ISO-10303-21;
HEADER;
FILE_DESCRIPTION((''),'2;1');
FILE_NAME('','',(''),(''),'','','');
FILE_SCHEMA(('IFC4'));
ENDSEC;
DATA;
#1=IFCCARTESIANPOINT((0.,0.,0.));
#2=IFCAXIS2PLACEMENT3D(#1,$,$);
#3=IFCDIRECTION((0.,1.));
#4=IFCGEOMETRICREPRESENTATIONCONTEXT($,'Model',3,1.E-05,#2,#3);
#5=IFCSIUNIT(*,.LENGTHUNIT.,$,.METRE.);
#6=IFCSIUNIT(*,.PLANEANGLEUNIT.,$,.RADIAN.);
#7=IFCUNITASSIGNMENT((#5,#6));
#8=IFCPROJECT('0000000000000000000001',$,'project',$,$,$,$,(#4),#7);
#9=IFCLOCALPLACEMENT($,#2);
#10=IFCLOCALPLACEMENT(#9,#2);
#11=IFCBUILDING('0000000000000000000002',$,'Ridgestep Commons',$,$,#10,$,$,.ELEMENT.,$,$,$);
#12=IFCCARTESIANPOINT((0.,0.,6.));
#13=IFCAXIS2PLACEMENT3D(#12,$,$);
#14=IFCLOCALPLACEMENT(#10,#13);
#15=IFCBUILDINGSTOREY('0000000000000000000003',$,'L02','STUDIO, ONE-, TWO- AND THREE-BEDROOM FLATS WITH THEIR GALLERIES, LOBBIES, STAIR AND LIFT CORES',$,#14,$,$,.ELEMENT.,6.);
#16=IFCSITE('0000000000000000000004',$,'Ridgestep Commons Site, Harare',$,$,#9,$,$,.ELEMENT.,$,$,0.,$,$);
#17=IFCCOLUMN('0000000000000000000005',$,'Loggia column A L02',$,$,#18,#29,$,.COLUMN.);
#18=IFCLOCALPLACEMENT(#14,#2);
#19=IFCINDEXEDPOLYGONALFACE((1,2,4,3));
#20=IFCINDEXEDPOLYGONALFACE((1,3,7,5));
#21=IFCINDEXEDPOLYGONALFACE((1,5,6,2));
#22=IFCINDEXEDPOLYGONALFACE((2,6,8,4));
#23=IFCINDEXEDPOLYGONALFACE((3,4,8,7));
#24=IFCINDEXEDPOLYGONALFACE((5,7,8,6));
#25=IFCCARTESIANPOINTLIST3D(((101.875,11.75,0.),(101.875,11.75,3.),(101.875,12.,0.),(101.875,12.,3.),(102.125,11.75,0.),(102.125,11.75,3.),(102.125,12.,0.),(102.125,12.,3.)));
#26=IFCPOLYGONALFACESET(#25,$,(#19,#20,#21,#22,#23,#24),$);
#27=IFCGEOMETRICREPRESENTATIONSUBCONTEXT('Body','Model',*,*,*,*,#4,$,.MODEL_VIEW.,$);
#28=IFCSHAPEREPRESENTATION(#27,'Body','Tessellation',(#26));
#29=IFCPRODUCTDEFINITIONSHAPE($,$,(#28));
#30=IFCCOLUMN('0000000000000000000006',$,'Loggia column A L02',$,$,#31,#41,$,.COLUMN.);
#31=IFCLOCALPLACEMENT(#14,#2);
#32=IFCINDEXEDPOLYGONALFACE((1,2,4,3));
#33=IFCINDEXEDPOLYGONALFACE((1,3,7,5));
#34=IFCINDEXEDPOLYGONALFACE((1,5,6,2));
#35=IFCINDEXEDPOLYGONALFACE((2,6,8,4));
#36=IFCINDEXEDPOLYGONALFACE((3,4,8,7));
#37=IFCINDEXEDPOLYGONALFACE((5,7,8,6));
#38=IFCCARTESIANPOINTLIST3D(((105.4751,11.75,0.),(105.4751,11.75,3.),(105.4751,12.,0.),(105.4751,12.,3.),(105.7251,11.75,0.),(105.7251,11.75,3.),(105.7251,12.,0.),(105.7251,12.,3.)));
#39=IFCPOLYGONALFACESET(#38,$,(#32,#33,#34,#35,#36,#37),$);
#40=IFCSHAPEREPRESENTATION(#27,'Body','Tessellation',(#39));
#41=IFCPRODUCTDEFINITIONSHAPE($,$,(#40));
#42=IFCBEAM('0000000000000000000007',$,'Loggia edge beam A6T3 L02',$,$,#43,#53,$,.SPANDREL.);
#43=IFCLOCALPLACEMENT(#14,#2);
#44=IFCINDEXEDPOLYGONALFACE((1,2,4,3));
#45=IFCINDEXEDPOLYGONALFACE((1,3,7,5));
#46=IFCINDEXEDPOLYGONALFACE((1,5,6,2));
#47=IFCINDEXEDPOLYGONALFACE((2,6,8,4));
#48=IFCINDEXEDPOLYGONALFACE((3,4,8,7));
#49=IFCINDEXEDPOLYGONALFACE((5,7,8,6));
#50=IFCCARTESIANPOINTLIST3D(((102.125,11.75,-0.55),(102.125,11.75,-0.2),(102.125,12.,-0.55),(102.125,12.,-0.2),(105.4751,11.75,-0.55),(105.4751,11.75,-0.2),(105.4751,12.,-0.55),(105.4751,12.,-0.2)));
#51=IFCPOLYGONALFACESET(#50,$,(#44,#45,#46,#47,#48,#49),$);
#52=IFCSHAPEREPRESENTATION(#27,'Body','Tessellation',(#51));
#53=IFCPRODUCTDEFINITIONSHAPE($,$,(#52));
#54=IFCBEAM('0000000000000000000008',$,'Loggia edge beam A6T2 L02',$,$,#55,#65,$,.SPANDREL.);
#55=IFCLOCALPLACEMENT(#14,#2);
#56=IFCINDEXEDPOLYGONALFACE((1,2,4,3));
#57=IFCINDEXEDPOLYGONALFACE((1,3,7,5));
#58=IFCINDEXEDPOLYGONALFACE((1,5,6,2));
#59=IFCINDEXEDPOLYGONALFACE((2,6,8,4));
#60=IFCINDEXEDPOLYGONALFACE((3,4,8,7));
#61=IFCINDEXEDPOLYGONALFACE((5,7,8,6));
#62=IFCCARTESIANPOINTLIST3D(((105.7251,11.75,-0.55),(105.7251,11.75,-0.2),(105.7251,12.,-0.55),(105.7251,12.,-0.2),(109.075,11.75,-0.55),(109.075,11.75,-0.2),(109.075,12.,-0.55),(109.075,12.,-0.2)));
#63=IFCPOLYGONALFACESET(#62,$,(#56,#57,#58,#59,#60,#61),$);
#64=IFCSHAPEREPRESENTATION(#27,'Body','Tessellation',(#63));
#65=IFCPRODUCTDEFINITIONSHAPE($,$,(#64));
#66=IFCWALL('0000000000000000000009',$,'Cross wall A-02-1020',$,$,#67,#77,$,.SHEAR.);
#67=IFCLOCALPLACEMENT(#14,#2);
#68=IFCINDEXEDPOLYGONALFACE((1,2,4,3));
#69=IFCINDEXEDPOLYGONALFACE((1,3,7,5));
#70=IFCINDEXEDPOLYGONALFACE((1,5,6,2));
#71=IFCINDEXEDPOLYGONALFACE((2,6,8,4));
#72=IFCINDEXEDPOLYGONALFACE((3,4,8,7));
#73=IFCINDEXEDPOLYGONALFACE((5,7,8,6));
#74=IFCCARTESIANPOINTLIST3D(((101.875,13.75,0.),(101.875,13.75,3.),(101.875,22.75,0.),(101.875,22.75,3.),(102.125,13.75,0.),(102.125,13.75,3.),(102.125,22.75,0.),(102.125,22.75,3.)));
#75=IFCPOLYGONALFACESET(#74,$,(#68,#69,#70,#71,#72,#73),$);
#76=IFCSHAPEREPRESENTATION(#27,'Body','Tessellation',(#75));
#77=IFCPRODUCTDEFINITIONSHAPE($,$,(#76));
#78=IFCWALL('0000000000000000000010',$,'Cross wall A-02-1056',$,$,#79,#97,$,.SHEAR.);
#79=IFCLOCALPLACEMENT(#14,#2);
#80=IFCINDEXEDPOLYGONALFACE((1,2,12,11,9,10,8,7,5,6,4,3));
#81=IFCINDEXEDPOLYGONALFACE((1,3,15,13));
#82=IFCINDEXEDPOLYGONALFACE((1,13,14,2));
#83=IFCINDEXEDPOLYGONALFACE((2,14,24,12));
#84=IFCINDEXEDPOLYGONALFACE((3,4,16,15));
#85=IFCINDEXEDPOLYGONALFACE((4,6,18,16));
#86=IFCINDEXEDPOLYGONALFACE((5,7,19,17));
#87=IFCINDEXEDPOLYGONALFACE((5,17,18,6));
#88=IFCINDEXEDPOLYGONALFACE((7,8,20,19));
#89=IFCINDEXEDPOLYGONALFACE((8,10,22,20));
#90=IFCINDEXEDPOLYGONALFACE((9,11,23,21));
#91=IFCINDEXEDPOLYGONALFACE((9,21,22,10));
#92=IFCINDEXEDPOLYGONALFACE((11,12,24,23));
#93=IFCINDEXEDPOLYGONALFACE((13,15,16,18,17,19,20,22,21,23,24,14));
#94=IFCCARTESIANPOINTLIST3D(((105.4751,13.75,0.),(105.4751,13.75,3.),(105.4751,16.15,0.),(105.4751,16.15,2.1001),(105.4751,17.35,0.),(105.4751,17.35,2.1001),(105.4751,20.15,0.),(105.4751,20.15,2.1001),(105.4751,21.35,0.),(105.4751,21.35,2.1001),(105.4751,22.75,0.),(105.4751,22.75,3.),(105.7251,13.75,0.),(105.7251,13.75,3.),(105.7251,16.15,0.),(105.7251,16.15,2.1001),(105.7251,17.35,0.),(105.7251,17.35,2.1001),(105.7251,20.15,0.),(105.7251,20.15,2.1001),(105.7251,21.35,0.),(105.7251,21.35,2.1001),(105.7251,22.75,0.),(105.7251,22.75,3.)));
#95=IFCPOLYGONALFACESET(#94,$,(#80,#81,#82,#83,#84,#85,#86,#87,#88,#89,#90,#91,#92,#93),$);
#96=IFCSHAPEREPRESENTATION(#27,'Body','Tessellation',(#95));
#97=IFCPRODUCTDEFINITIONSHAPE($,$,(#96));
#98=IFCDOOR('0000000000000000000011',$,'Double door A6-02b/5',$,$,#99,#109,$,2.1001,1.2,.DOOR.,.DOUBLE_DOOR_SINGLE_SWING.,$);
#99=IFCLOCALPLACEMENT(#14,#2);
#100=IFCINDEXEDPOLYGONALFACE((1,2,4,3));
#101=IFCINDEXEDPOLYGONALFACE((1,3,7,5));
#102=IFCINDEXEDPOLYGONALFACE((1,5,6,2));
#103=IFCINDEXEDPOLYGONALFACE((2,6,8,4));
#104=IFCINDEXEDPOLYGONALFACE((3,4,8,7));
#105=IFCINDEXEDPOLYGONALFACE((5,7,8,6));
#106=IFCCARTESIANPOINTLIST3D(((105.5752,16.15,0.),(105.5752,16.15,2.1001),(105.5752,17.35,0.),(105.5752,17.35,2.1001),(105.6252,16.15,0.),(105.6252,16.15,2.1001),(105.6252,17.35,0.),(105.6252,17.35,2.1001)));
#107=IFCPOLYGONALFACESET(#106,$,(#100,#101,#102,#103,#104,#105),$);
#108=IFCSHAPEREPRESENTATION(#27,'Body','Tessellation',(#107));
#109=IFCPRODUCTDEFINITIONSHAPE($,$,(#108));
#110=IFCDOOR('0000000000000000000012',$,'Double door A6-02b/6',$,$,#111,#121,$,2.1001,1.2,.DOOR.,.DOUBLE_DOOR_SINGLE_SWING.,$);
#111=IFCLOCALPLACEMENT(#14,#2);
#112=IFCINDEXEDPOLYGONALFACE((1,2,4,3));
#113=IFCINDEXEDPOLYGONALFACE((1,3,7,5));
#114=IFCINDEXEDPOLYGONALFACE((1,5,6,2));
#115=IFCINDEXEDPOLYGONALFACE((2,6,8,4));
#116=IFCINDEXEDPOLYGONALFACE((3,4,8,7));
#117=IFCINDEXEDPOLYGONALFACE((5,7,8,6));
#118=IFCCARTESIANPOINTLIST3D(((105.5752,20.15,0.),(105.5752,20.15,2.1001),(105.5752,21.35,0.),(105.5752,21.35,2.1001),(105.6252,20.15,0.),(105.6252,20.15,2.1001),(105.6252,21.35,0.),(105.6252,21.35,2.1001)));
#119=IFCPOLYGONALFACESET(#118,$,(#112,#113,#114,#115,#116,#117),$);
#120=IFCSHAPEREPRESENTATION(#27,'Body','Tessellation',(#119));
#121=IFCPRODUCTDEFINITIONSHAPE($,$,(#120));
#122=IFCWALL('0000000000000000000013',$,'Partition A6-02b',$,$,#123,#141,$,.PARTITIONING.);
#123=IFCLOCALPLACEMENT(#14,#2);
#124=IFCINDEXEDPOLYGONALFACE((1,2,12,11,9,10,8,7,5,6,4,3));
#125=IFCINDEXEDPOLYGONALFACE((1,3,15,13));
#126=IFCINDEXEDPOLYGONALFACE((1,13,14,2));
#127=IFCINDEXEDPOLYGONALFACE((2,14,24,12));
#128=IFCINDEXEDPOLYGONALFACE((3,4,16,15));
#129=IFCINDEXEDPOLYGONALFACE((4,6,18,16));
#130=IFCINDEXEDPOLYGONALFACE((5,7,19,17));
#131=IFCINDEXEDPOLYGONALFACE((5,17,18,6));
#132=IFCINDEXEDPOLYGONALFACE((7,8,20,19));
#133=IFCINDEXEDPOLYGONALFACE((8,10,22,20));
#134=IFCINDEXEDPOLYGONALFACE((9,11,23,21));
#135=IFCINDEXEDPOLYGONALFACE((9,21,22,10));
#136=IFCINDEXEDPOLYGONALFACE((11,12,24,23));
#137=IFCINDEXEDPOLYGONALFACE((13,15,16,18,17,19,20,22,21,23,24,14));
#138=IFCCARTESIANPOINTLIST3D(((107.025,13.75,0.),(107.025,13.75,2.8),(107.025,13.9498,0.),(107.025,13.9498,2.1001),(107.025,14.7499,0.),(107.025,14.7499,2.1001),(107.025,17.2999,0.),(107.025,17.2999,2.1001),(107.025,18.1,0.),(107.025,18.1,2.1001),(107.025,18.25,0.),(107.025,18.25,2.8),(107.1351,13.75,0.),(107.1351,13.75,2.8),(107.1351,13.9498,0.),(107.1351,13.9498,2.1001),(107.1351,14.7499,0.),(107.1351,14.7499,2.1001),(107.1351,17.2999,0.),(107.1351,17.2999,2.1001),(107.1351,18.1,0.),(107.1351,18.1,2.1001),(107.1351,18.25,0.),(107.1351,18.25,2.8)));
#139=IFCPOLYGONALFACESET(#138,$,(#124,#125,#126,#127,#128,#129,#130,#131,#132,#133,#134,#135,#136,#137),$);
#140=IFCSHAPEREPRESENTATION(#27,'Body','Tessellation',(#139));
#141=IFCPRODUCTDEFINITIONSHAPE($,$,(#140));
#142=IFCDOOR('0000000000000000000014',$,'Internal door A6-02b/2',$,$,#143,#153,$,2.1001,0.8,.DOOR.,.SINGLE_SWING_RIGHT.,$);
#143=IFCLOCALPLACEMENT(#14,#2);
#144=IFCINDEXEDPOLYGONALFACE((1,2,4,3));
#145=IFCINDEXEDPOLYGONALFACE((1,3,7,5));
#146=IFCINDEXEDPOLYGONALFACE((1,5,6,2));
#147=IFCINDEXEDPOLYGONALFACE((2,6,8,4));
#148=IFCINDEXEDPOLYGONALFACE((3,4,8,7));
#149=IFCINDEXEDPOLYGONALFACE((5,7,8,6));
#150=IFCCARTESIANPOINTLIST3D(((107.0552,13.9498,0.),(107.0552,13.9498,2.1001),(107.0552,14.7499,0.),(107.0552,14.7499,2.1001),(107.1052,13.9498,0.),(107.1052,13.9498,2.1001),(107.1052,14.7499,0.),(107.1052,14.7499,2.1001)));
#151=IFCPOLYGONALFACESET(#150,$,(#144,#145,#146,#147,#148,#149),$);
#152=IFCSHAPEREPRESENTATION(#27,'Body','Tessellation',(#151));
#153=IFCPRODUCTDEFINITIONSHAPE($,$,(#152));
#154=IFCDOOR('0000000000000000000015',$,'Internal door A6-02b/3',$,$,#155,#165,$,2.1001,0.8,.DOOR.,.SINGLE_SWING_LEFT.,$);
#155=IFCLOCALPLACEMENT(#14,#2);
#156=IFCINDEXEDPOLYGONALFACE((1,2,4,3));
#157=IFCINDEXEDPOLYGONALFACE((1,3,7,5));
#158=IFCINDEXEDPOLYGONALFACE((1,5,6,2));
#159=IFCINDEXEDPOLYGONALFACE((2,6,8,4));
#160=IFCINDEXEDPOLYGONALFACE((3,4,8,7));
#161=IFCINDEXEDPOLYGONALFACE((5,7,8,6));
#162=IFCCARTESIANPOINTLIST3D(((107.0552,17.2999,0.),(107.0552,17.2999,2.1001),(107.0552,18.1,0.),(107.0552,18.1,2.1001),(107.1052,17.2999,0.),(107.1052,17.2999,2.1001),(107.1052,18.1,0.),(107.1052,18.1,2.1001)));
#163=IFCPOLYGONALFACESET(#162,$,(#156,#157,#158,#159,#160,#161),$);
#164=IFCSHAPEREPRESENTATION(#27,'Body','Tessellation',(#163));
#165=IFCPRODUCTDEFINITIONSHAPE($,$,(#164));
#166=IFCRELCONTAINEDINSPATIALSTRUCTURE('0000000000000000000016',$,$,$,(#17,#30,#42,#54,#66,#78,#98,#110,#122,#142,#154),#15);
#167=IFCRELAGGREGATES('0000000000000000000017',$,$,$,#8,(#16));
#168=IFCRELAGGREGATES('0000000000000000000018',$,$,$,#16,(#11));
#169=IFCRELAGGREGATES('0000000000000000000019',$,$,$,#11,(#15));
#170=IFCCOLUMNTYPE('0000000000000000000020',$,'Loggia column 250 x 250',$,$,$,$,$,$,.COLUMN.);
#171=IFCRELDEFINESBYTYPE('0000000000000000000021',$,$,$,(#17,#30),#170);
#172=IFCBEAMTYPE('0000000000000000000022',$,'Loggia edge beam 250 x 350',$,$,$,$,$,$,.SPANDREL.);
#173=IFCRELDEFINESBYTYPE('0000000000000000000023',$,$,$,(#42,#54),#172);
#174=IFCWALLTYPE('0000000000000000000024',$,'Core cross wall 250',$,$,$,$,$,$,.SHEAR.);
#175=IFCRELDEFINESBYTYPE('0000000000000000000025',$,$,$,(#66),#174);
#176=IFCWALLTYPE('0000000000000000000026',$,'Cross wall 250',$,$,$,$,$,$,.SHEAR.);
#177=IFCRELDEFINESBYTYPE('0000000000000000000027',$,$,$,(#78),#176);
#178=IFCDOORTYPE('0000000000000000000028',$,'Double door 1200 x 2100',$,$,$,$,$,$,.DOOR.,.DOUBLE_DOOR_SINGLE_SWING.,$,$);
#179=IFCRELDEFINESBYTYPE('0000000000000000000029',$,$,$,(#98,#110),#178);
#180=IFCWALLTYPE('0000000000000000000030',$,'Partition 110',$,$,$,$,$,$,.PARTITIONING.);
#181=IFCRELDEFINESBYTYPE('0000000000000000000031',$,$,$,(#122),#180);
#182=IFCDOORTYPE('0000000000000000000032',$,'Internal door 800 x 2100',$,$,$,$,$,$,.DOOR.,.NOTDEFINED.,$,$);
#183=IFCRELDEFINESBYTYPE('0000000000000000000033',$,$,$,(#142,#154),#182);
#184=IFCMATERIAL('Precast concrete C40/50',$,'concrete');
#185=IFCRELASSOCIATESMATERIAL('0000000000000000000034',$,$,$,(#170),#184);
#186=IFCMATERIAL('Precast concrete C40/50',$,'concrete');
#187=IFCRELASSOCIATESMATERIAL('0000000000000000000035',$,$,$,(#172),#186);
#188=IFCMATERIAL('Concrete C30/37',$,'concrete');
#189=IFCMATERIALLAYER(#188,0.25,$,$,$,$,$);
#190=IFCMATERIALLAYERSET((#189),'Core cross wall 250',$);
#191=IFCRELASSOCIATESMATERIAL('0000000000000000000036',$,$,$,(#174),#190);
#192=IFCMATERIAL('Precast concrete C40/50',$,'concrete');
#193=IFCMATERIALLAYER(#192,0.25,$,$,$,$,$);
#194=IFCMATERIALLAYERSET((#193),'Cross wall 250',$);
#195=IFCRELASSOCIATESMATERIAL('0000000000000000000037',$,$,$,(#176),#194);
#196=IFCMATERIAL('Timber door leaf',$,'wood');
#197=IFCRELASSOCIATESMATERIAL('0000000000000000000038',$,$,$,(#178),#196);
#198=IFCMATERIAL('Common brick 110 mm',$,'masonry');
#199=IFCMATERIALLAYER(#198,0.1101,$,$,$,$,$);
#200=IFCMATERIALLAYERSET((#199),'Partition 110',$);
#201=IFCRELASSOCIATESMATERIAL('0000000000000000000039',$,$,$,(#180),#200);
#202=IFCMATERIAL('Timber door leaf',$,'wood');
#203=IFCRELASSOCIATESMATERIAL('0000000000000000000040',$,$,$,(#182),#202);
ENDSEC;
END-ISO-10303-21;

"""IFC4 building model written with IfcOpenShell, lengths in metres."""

from ifc_helpers import new_model, si_unit, direction, frame, frame_2d, origin, origin_2d, place, context, subcontext, project, spatial, rectangle, extrude, material, layer, layer_set, material_profile, profile_set, type_object, element, fill, save


model = new_model("IFC4")

# Units and contexts
model_context = context("Model", 3, precision=1e-05, world=origin(), true_north=direction((0.0, 1.0)))
body_context = subcontext(model_context, "Body", "Model", "MODEL_VIEW")
ifc_project = project(units=[si_unit("LENGTHUNIT", "METRE"), si_unit("PLANEANGLEUNIT", "RADIAN")], contexts=[model_context])

# Site, building, storey
site_placement = place(None, origin())
site = spatial("IfcSite", under=ifc_project, at=site_placement, Name="Ridgestep Commons Site, Harare", CompositionType="ELEMENT", RefElevation=0.0)
building_placement = place(site_placement, origin())
building = spatial("IfcBuilding", under=site, at=building_placement, Name="Ridgestep Commons", CompositionType="ELEMENT")
storey_placement = place(building_placement, frame((0.0, 0.0, 6.0)))
storey = spatial("IfcBuildingStorey", under=building, at=storey_placement, Name="L02", Description="STUDIO, ONE-, TWO- AND THREE-BEDROOM FLATS WITH THEIR GALLERIES, LOBBIES, STAIR AND LIFT CORES", CompositionType="ELEMENT", Elevation=6.0)

# Columns
ifc_material_1 = material(Name="Precast concrete C40/50", Category="concrete")
ifc_material_profile_1 = material_profile(ifc_material_1, rectangle(XDim=0.25, YDim=0.25, at=origin_2d()), Name="PC 250x250")
ifc_profile_set_1 = profile_set([ifc_material_profile_1], Name="Precast concrete C40/50")
column_type = type_object("IfcColumnType", Name="Loggia column 250 x 250", PredefinedType="COLUMN", material=ifc_profile_set_1)
for number, where, z_axis, x_axis, name in (
    (1, (102.0, 11.875, 0.0), (0.0, 0.0, 1.0), (1.0, 0.0, 0.0), "Loggia column A L02"),
    (2, (105.6001, 11.875, 0.0), (0.0, 0.0, 1.0), (1.0, 0.0, 0.0), "Loggia column A L02"),
):
    element("IfcColumn", number, at=place(storey_placement, frame(where, z_axis=z_axis, x_axis=x_axis)), inside=storey, type_object=column_type, Name=name, PredefinedType="COLUMN", context=body_context, shape_type="SweptSolid", body=[
        extrude(rectangle(XDim=0.25, YDim=0.25, at=origin_2d()), origin(), (0.0, 0.0, 1.0), 3.0),
    ])

# Beams
ifc_material_2 = material(Name="Precast concrete C40/50", Category="concrete")
ifc_material_profile_2 = material_profile(ifc_material_2, rectangle(XDim=0.25, YDim=0.3501, at=origin_2d()), Name="PC 250x350")
ifc_profile_set_2 = profile_set([ifc_material_profile_2], Name="Precast concrete C40/50")
beam_type = type_object("IfcBeamType", Name="Loggia edge beam 250 x 350", PredefinedType="SPANDREL", material=ifc_profile_set_2)
beam_1_placement = place(storey_placement, frame((102.125, 11.875, -0.375), z_axis=(1.0, 0.0, 0.0), x_axis=(0.0, 1.0, 0.0)))
element("IfcBeam", 3, at=beam_1_placement, inside=storey, type_object=beam_type, Name="Loggia edge beam A6T3 L02", PredefinedType="SPANDREL", context=body_context, shape_type="SweptSolid", body=[
    extrude(rectangle(XDim=0.25, YDim=0.3501, at=origin_2d()), origin(), (0.0, 0.0, 1.0), 3.3501),
])
beam_2_placement = place(storey_placement, frame((105.7251, 11.875, -0.375), z_axis=(1.0, 0.0, 0.0), x_axis=(0.0, 1.0, 0.0)))
element("IfcBeam", 4, at=beam_2_placement, inside=storey, type_object=beam_type, Name="Loggia edge beam A6T2 L02", PredefinedType="SPANDREL", context=body_context, shape_type="SweptSolid", body=[
    extrude(rectangle(XDim=0.25, YDim=0.3501, at=origin_2d()), origin(), (0.0, 0.0, 1.0), 3.3499),
])

# Wall
ifc_material_3 = material(Name="Concrete C30/37", Category="concrete")
ifc_layer_1 = layer(ifc_material_3, 0.25)
ifc_layer_set_1 = layer_set([ifc_layer_1], Name="Core cross wall 250")
wall_type_1 = type_object("IfcWallType", Name="Core cross wall 250", PredefinedType="SHEAR", material=ifc_layer_set_1)
wall_1_placement = place(storey_placement, frame((102.0, 13.75, 0.0), z_axis=(0.0, 0.0, 1.0), x_axis=(0.0, 1.0, 0.0)))
element("IfcWall", 5, at=wall_1_placement, inside=storey, type_object=wall_type_1, Name="Cross wall A-02-1020", PredefinedType="SHEAR", context=body_context, shape_type="SweptSolid", body=[
    extrude(rectangle(XDim=9.0, YDim=0.25, at=frame_2d((4.5, 0.0))), origin(), (0.0, 0.0, 1.0), 3.0),
])

# Walls, openings, doors
ifc_material_4 = material(Name="Precast concrete C40/50", Category="concrete")
ifc_layer_2 = layer(ifc_material_4, 0.25)
ifc_layer_set_2 = layer_set([ifc_layer_2], Name="Cross wall 250")
wall_type_2 = type_object("IfcWallType", Name="Cross wall 250", PredefinedType="SHEAR", material=ifc_layer_set_2)
wall_2_placement = place(storey_placement, frame((105.6001, 13.75, 0.0), z_axis=(0.0, 0.0, 1.0), x_axis=(0.0, 1.0, 0.0)))
wall_2 = element("IfcWall", 6, at=wall_2_placement, inside=storey, type_object=wall_type_2, Name="Cross wall A-02-1056", PredefinedType="SHEAR", context=body_context, shape_type="SweptSolid", body=[
    extrude(rectangle(XDim=9.0, YDim=0.25, at=frame_2d((4.5, 0.0))), origin(), (0.0, 0.0, 1.0), 3.0),
])
opening_1_placement = place(wall_2_placement, frame((2.3999, 0.0, 0.0)))
opening_1 = element("IfcOpeningElement", 7, at=opening_1_placement, cuts=wall_2, PredefinedType="OPENING", context=body_context, shape_type="SweptSolid", body=[
    extrude(rectangle(XDim=1.2, YDim=2.1001, at=frame_2d((0.6001, 1.05))), frame((0.0, 0.135, 0.0), z_axis=(0.0, -1.0, 0.0), x_axis=(1.0, 0.0, 0.0)), (0.0, 0.0, 1.0), 0.27),
])
opening_2_placement = place(wall_2_placement, frame((6.3999, 0.0, 0.0)))
opening_2 = element("IfcOpeningElement", 8, at=opening_2_placement, cuts=wall_2, PredefinedType="OPENING", context=body_context, shape_type="SweptSolid", body=[
    extrude(rectangle(XDim=1.2, YDim=2.1001, at=frame_2d((0.6001, 1.05))), frame((0.0, 0.135, 0.0), z_axis=(0.0, -1.0, 0.0), x_axis=(1.0, 0.0, 0.0)), (0.0, 0.0, 1.0), 0.27),
])
ifc_material_5 = material(Name="Timber door leaf", Category="wood")
door_type_1 = type_object("IfcDoorType", Name="Double door 1200 x 2100", OperationType="DOUBLE_DOOR_SINGLE_SWING", PredefinedType="DOOR", material=ifc_material_5)
door_1_placement = place(opening_1_placement, origin())
door_1 = element("IfcDoor", 9, at=door_1_placement, inside=storey, type_object=door_type_1, Name="Double door A6-02b/5", OperationType="DOUBLE_DOOR_SINGLE_SWING", OverallHeight=2.1001, OverallWidth=1.2, PredefinedType="DOOR", context=body_context, shape_type="SweptSolid", body=[
    extrude(rectangle(XDim=1.2, YDim=2.1001, at=frame_2d((0.6001, 1.05))), frame((0.0, 0.0249, 0.0), z_axis=(0.0, -1.0, 0.0), x_axis=(1.0, 0.0, 0.0)), (0.0, 0.0, 1.0), 0.05),
])
fill(opening_1, door_1)
door_2_placement = place(opening_2_placement, origin())
door_2 = element("IfcDoor", 10, at=door_2_placement, inside=storey, type_object=door_type_1, Name="Double door A6-02b/6", OperationType="DOUBLE_DOOR_SINGLE_SWING", OverallHeight=2.1001, OverallWidth=1.2, PredefinedType="DOOR", context=body_context, shape_type="SweptSolid", body=[
    extrude(rectangle(XDim=1.2, YDim=2.1001, at=frame_2d((0.6001, 1.05))), frame((0.0, 0.0249, 0.0), z_axis=(0.0, -1.0, 0.0), x_axis=(1.0, 0.0, 0.0)), (0.0, 0.0, 1.0), 0.05),
])
fill(opening_2, door_2)
ifc_material_6 = material(Name="Common brick 110 mm", Category="masonry")
ifc_layer_3 = layer(ifc_material_6, 0.1101)
ifc_layer_set_3 = layer_set([ifc_layer_3], Name="Partition 110")
wall_type_3 = type_object("IfcWallType", Name="Partition 110", PredefinedType="PARTITIONING", material=ifc_layer_set_3)
wall_3_placement = place(storey_placement, frame((107.0801, 13.75, 0.0), z_axis=(0.0, 0.0, 1.0), x_axis=(0.0, 1.0, 0.0)))
wall_3 = element("IfcWall", 11, at=wall_3_placement, inside=storey, type_object=wall_type_3, Name="Partition A6-02b", PredefinedType="PARTITIONING", context=body_context, shape_type="SweptSolid", body=[
    extrude(rectangle(XDim=4.5, YDim=0.1101, at=frame_2d((2.25, 0.0))), origin(), (0.0, 0.0, 1.0), 2.8),
])
opening_3_placement = place(wall_3_placement, frame((0.2, 0.0, 0.0)))
opening_3 = element("IfcOpeningElement", 12, at=opening_3_placement, cuts=wall_3, PredefinedType="OPENING", context=body_context, shape_type="SweptSolid", body=[
    extrude(rectangle(XDim=0.8, YDim=2.1001, at=frame_2d((0.3999, 1.05))), frame((0.0, 0.0649, 0.0), z_axis=(0.0, -1.0, 0.0), x_axis=(1.0, 0.0, 0.0)), (0.0, 0.0, 1.0), 0.1301),
])
opening_4_placement = place(wall_3_placement, frame((3.55, 0.0, 0.0)))
opening_4 = element("IfcOpeningElement", 13, at=opening_4_placement, cuts=wall_3, PredefinedType="OPENING", context=body_context, shape_type="SweptSolid", body=[
    extrude(rectangle(XDim=0.8, YDim=2.1001, at=frame_2d((0.3999, 1.05))), frame((0.0, 0.0649, 0.0), z_axis=(0.0, -1.0, 0.0), x_axis=(1.0, 0.0, 0.0)), (0.0, 0.0, 1.0), 0.1301),
])
ifc_material_7 = material(Name="Timber door leaf", Category="wood")
door_type_2 = type_object("IfcDoorType", Name="Internal door 800 x 2100", OperationType="NOTDEFINED", PredefinedType="DOOR", material=ifc_material_7)
door_3_placement = place(opening_3_placement, origin())
door_3 = element("IfcDoor", 14, at=door_3_placement, inside=storey, type_object=door_type_2, Name="Internal door A6-02b/2", OperationType="SINGLE_SWING_RIGHT", OverallHeight=2.1001, OverallWidth=0.8, PredefinedType="DOOR", context=body_context, shape_type="SweptSolid", body=[
    extrude(rectangle(XDim=0.8, YDim=2.1001, at=frame_2d((0.3999, 1.05))), frame((0.0, 0.0249, 0.0), z_axis=(0.0, -1.0, 0.0), x_axis=(1.0, 0.0, 0.0)), (0.0, 0.0, 1.0), 0.05),
])
fill(opening_3, door_3)
door_4_placement = place(opening_4_placement, origin())
door_4 = element("IfcDoor", 15, at=door_4_placement, inside=storey, type_object=door_type_2, Name="Internal door A6-02b/3", OperationType="SINGLE_SWING_LEFT", OverallHeight=2.1001, OverallWidth=0.8, PredefinedType="DOOR", context=body_context, shape_type="SweptSolid", body=[
    extrude(rectangle(XDim=0.8, YDim=2.1001, at=frame_2d((0.3999, 1.05))), frame((0.0, 0.0249, 0.0), z_axis=(0.0, -1.0, 0.0), x_axis=(1.0, 0.0, 0.0)), (0.0, 0.0, 1.0), 0.05),
])
fill(opening_4, door_4)

save(model, "model.ifc")
